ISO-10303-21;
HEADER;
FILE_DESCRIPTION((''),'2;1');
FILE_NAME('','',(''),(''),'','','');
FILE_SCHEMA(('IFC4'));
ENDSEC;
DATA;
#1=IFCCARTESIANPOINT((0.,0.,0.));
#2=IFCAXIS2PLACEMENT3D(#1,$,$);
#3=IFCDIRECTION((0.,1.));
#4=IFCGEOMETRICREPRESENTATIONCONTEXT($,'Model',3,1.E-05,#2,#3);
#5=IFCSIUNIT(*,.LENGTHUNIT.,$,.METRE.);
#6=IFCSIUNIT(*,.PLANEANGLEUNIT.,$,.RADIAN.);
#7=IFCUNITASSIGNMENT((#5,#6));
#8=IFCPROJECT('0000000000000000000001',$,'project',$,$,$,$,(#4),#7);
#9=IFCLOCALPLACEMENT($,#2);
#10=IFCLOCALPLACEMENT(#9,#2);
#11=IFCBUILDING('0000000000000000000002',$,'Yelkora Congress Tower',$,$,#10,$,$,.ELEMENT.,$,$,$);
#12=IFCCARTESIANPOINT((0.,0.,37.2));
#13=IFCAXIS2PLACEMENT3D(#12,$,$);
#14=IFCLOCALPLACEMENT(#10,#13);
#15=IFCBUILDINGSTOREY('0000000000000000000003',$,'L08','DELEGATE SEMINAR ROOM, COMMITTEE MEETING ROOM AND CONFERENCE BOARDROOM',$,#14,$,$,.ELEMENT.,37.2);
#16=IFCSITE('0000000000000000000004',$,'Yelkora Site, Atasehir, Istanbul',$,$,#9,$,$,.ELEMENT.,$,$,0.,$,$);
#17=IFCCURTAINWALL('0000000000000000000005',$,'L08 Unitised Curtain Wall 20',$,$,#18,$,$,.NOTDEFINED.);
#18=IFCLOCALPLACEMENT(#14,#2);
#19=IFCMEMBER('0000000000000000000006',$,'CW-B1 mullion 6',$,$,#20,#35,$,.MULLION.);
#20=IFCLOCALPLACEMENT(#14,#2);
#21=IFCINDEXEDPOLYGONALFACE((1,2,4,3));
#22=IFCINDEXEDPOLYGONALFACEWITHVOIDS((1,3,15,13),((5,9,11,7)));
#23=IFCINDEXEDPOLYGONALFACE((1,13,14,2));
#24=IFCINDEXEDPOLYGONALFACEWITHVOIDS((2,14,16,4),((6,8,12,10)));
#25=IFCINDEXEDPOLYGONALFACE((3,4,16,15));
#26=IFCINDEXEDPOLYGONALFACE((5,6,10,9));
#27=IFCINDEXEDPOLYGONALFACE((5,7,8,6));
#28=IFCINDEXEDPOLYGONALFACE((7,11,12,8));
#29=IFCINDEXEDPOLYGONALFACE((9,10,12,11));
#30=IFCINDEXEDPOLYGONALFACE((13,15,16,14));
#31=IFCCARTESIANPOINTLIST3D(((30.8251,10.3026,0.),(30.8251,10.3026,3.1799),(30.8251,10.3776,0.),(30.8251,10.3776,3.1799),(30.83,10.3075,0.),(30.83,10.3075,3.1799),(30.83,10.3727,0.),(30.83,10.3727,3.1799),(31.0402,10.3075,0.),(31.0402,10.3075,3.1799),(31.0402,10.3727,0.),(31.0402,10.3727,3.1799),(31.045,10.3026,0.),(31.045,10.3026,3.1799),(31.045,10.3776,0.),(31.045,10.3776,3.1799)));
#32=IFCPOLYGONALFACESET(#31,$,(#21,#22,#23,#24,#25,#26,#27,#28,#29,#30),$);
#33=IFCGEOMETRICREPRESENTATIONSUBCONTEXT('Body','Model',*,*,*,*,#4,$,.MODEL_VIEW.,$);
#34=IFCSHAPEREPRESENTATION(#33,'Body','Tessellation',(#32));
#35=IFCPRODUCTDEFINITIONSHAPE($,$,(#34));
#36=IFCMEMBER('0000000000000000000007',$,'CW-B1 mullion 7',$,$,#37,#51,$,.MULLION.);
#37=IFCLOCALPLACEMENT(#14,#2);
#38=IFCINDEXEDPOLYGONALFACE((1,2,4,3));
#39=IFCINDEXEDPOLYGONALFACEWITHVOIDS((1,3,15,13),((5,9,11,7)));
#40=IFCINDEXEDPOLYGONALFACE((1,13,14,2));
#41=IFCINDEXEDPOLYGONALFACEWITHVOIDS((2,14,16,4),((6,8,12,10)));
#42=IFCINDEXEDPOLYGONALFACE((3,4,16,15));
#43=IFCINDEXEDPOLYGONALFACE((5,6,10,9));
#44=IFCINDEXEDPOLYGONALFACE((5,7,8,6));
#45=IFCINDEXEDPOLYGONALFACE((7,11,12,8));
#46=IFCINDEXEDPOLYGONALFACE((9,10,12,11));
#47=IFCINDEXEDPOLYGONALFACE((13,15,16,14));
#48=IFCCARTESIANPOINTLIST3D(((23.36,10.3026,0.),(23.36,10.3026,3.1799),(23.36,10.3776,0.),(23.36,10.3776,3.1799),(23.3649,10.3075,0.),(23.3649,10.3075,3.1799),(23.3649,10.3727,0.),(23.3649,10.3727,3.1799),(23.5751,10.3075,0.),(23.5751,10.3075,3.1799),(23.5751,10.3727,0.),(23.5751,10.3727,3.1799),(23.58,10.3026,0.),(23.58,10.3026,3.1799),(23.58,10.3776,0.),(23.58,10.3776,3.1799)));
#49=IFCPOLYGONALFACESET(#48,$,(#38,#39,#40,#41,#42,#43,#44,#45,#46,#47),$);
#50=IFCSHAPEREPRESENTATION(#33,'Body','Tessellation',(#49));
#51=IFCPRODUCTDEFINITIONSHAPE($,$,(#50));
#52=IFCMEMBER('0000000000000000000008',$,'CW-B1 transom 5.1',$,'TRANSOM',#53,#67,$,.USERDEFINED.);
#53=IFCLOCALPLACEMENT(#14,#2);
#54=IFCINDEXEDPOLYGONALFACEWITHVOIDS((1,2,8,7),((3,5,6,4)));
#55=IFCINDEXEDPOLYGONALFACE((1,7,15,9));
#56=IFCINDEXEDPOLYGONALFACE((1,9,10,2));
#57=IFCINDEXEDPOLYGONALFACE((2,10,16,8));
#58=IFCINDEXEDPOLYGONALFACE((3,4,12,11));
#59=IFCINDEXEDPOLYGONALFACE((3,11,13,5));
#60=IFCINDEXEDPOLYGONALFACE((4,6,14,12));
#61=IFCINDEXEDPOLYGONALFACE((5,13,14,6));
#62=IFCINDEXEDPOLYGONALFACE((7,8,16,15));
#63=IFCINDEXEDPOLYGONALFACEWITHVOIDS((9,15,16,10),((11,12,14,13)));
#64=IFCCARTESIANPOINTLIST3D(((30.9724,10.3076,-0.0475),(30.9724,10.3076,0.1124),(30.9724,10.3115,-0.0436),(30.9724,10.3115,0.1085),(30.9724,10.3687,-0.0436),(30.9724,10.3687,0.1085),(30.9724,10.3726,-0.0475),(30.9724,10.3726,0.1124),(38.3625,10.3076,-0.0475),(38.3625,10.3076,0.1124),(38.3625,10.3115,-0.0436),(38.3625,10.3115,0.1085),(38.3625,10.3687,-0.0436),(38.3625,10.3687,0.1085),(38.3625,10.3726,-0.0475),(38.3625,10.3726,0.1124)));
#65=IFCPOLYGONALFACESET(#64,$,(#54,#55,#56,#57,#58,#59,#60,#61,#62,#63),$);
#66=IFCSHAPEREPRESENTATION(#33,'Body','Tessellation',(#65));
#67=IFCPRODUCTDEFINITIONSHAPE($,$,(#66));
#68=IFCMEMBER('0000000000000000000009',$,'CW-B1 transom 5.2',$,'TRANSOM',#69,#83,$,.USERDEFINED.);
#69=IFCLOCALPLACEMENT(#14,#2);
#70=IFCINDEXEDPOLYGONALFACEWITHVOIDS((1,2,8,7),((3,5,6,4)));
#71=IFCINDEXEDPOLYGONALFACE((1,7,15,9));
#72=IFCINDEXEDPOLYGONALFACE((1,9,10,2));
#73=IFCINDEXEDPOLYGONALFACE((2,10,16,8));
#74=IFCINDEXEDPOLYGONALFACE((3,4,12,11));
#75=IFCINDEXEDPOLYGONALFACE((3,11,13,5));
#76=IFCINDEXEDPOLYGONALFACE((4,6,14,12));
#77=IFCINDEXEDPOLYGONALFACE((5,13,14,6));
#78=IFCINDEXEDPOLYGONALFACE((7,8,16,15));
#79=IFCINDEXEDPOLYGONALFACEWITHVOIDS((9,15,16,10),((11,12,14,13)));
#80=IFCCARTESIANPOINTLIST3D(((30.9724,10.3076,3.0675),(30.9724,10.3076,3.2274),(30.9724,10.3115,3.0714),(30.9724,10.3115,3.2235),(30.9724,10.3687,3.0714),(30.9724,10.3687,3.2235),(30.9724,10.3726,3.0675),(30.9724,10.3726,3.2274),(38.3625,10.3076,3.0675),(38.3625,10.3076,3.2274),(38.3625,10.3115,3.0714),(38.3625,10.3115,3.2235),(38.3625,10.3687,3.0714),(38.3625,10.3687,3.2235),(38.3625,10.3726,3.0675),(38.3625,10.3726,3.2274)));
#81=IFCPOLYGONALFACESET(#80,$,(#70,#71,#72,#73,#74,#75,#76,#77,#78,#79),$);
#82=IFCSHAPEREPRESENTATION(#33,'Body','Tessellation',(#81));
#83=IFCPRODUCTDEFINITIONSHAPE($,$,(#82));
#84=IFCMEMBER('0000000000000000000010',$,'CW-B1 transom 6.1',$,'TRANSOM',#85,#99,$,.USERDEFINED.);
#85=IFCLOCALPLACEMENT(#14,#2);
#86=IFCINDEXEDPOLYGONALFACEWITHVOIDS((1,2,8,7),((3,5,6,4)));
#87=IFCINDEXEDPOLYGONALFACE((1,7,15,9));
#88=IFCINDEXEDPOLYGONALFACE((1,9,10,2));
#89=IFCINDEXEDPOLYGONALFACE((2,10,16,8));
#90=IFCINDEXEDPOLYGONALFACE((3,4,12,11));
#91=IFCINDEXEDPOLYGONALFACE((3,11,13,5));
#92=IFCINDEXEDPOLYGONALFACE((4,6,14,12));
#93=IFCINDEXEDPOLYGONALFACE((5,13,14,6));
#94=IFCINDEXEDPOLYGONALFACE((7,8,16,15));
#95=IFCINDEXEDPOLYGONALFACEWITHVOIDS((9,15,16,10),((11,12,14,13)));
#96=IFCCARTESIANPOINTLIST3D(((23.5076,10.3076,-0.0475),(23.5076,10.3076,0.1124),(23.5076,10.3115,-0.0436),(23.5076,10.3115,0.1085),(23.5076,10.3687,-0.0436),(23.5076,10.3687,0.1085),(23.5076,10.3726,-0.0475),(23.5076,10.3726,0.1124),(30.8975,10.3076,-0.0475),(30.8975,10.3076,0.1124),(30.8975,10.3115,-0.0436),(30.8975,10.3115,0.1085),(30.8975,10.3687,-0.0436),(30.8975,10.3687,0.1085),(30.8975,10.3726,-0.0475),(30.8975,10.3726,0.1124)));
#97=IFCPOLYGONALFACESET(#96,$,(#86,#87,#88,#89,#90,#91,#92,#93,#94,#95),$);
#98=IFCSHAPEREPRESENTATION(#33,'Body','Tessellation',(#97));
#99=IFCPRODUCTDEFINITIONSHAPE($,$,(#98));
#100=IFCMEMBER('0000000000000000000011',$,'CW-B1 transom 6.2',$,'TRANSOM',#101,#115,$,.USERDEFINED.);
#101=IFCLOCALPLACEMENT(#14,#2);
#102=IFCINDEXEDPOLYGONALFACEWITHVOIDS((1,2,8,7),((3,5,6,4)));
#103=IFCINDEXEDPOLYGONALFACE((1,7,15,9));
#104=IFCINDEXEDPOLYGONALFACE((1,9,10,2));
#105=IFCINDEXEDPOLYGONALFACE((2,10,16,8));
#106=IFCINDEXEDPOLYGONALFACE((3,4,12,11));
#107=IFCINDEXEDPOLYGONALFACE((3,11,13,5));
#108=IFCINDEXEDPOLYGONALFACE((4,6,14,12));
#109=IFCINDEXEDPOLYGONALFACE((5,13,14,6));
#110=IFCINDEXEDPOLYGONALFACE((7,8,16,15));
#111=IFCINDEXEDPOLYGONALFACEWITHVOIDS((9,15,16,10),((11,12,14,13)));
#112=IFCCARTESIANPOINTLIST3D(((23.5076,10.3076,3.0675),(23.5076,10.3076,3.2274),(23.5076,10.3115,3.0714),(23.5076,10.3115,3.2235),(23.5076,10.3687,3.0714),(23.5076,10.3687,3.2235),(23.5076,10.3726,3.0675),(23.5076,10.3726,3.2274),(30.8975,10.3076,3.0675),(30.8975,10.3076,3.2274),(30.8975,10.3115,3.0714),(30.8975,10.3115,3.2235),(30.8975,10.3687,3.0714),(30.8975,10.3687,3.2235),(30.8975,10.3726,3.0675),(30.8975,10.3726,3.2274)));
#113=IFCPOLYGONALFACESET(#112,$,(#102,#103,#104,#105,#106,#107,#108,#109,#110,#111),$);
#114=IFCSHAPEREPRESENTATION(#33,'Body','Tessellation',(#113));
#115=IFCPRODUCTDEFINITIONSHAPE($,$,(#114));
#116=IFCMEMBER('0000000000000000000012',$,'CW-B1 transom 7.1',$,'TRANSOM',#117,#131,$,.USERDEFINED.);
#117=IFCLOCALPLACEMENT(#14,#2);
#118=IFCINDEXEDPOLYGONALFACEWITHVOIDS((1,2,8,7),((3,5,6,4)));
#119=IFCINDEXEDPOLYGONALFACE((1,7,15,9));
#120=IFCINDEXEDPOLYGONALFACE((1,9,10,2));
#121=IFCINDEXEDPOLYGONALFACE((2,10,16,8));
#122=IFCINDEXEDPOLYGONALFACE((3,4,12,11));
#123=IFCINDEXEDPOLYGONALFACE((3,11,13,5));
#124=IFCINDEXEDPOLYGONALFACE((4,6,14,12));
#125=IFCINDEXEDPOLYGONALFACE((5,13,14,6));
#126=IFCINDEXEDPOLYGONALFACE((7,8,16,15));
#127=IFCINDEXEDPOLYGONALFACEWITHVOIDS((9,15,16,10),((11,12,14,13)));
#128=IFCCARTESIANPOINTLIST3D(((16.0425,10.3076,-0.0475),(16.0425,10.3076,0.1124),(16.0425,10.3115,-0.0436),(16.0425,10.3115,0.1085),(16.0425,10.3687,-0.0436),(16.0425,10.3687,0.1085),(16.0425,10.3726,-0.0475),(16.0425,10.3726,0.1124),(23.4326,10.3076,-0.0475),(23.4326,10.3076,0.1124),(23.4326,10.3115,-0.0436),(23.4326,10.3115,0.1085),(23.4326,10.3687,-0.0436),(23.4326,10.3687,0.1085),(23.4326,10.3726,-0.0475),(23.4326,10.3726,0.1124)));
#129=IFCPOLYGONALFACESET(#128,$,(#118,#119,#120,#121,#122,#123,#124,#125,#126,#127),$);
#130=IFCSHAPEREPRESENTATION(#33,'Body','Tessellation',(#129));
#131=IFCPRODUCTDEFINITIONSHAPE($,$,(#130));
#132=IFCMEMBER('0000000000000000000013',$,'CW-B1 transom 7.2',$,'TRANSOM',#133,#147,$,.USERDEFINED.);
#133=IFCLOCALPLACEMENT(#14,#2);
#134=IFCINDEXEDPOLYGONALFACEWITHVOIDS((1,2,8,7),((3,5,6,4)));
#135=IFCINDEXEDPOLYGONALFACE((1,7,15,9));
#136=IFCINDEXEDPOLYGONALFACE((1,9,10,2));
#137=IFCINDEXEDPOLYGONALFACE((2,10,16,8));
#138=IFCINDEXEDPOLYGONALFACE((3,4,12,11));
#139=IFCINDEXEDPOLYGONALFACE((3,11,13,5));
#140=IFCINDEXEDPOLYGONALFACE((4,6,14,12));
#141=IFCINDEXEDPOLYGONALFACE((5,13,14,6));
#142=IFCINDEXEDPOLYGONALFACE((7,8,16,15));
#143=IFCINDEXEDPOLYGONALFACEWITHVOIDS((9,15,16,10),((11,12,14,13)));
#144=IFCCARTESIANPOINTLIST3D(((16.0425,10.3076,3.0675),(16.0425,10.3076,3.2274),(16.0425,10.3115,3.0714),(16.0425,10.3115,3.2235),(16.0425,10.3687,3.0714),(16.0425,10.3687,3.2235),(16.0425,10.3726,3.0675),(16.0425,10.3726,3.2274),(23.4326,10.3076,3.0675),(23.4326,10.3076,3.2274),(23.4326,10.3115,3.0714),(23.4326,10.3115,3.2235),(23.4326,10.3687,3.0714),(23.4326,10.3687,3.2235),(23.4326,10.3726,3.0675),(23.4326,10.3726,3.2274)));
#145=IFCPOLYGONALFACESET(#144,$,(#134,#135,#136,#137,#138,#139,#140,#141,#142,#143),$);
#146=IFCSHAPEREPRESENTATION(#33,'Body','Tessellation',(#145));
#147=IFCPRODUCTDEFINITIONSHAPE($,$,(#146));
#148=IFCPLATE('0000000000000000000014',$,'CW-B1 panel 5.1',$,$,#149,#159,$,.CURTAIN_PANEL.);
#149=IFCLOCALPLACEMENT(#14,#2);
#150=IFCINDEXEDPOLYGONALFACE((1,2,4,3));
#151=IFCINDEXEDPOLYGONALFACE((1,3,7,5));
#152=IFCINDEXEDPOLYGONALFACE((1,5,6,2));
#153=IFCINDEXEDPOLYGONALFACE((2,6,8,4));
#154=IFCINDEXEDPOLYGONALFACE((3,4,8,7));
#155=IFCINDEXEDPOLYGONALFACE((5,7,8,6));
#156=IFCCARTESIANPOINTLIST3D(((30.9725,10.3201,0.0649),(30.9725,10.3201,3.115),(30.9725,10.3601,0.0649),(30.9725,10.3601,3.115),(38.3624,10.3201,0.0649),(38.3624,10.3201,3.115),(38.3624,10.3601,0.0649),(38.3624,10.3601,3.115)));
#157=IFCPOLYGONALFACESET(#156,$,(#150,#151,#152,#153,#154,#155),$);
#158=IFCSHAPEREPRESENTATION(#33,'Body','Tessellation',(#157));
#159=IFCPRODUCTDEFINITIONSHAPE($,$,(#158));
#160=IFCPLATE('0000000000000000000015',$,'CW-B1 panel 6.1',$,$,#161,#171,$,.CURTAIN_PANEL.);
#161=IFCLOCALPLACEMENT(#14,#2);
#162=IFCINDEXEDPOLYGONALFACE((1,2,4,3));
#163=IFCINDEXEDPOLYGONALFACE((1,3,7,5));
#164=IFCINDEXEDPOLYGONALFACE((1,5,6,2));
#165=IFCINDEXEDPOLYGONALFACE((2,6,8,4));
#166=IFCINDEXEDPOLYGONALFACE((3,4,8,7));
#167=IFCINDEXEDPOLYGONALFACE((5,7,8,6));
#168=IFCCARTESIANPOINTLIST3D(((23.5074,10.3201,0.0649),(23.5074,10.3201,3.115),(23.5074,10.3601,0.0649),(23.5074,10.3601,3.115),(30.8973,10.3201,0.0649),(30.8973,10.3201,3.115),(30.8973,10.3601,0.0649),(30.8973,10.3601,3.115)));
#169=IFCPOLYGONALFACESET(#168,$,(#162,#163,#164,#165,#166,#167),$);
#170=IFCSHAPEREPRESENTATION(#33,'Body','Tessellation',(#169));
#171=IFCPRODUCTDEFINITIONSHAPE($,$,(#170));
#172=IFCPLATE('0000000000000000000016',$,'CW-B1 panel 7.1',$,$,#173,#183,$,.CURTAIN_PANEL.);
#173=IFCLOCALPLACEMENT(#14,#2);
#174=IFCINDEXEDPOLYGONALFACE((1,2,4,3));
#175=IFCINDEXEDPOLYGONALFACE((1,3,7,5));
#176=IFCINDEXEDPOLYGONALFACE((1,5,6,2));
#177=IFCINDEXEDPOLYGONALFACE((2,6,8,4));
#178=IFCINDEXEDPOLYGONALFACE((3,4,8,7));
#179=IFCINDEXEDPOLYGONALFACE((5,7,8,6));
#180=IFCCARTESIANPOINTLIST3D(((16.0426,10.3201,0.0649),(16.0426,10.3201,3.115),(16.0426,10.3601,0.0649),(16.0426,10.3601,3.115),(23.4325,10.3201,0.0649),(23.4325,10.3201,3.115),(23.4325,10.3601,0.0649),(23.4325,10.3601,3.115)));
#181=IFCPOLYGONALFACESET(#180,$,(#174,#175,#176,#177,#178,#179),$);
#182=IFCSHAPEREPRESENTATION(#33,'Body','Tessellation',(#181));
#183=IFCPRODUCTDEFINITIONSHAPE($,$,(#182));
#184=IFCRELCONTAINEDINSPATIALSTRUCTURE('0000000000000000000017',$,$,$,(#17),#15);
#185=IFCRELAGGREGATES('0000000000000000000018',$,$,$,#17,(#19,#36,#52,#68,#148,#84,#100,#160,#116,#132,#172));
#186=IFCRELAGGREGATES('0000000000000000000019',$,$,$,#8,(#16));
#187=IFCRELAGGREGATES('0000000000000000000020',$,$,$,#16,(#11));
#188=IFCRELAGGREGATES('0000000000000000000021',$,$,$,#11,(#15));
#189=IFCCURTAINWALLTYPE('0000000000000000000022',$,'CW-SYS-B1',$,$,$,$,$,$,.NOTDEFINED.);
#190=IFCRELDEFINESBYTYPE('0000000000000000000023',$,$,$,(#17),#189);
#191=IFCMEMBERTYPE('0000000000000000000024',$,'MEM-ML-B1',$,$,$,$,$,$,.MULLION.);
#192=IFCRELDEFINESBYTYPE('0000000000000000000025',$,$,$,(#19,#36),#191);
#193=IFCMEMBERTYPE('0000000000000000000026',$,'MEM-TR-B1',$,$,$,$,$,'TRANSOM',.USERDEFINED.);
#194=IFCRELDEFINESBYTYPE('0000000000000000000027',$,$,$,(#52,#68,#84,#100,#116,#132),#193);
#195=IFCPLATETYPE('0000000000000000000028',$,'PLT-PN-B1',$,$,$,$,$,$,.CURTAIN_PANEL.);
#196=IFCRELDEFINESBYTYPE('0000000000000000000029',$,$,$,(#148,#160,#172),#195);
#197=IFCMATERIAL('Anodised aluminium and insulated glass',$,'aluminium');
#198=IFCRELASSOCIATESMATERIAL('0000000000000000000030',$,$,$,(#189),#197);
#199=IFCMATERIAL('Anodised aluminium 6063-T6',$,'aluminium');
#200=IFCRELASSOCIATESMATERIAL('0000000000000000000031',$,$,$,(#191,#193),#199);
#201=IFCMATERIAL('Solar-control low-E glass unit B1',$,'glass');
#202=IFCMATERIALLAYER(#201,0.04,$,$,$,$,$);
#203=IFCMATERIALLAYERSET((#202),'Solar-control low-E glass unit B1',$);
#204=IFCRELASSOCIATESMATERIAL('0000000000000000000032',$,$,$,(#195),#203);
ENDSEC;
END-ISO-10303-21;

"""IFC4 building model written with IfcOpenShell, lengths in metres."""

from ifc_helpers import new_model, si_unit, direction, frame, origin, origin_2d, place, context, subcontext, project, spatial, rectangle, hollow_rectangle, extrude, material, layer, layer_set, material_profile, profile_set, type_object, element, aggregate, save


model = new_model("IFC4")

# Units and contexts
model_context = context("Model", 3, precision=1e-05, world=origin(), true_north=direction((0.0, 1.0)))
body_context = subcontext(model_context, "Body", "Model", "MODEL_VIEW")
ifc_project = project(units=[si_unit("LENGTHUNIT", "METRE"), si_unit("PLANEANGLEUNIT", "RADIAN")], contexts=[model_context])

# Site, building, storey
site_placement = place(None, origin())
site = spatial("IfcSite", under=ifc_project, at=site_placement, Name="Yelkora Site, Atasehir, Istanbul", CompositionType="ELEMENT", RefElevation=0.0)
building_placement = place(site_placement, origin())
building = spatial("IfcBuilding", under=site, at=building_placement, Name="Yelkora Congress Tower", CompositionType="ELEMENT")
storey_placement = place(building_placement, frame((0.0, 0.0, 37.2)))
storey = spatial("IfcBuildingStorey", under=building, at=storey_placement, Name="L08", Description="DELEGATE SEMINAR ROOM, COMMITTEE MEETING ROOM AND CONFERENCE BOARDROOM", CompositionType="ELEMENT", Elevation=37.2)

# Curtain wall, members, plates
ifc_material_1 = material(Name="Anodised aluminium and insulated glass", Category="aluminium")
curtain_wall_type = type_object("IfcCurtainWallType", Name="CW-SYS-B1", PredefinedType="NOTDEFINED", material=ifc_material_1)
curtain_wall_placement = place(storey_placement, origin())
curtain_wall = element("IfcCurtainWall", 1, at=curtain_wall_placement, inside=storey, type_object=curtain_wall_type, Name="L08 Unitised Curtain Wall 20", PredefinedType="NOTDEFINED")
ifc_material_2 = material(Name="Anodised aluminium 6063-T6", Category="aluminium")
ifc_material_profile_1 = material_profile(ifc_material_2, hollow_rectangle(XDim=0.075, YDim=0.22, WallThickness=0.0049, at=origin_2d()), Name="ALU 75x220x5")
ifc_profile_set_1 = profile_set([ifc_material_profile_1], Name="Anodised aluminium 6063-T6")
member_type_1 = type_object("IfcMemberType", Name="MEM-ML-B1", PredefinedType="MULLION", material=ifc_profile_set_1)
member_1_placement = place(storey_placement, frame((30.9351, 10.3401, 0.0), z_axis=(0.0, 0.0, 1.0), x_axis=(0.0, -1.0, 0.0)))
member_1 = element("IfcMember", 2, at=member_1_placement, type_object=member_type_1, Name="CW-B1 mullion 6", PredefinedType="MULLION", context=body_context, shape_type="SweptSolid", body=[
    extrude(hollow_rectangle(XDim=0.075, YDim=0.22, WallThickness=0.0049, at=origin_2d()), origin(), (0.0, 0.0, 1.0), 3.1799),
])
member_2_placement = place(storey_placement, frame((23.47, 10.3401, 0.0), z_axis=(0.0, 0.0, 1.0), x_axis=(0.0, -1.0, 0.0)))
member_2 = element("IfcMember", 3, at=member_2_placement, type_object=member_type_1, Name="CW-B1 mullion 7", PredefinedType="MULLION", context=body_context, shape_type="SweptSolid", body=[
    extrude(hollow_rectangle(XDim=0.075, YDim=0.22, WallThickness=0.0049, at=origin_2d()), origin(), (0.0, 0.0, 1.0), 3.1799),
])
ifc_material_profile_2 = material_profile(ifc_material_2, hollow_rectangle(XDim=0.0649, YDim=0.1599, WallThickness=0.0039, at=origin_2d()), Name="ALU 65x160x4")
ifc_profile_set_2 = profile_set([ifc_material_profile_2], Name="Anodised aluminium 6063-T6")
member_type_2 = type_object("IfcMemberType", Name="MEM-TR-B1", ElementType="TRANSOM", PredefinedType="USERDEFINED", material=ifc_profile_set_2)
member_3_placement = place(storey_placement, frame((38.3625, 10.3401, 0.0325), z_axis=(-1.0, 0.0, 0.0), x_axis=(0.0, -1.0, 0.0)))
member_3 = element("IfcMember", 4, at=member_3_placement, type_object=member_type_2, Name="CW-B1 transom 5.1", ObjectType="TRANSOM", PredefinedType="USERDEFINED", context=body_context, shape_type="SweptSolid", body=[
    extrude(hollow_rectangle(XDim=0.0649, YDim=0.1599, WallThickness=0.0039, at=origin_2d()), origin(), (0.0, 0.0, 1.0), 7.3901),
])
member_4_placement = place(storey_placement, frame((38.3625, 10.3401, 3.1475), z_axis=(-1.0, 0.0, 0.0), x_axis=(0.0, -1.0, 0.0)))
member_4 = element("IfcMember", 5, at=member_4_placement, type_object=member_type_2, Name="CW-B1 transom 5.2", ObjectType="TRANSOM", PredefinedType="USERDEFINED", context=body_context, shape_type="SweptSolid", body=[
    extrude(hollow_rectangle(XDim=0.0649, YDim=0.1599, WallThickness=0.0039, at=origin_2d()), origin(), (0.0, 0.0, 1.0), 7.3901),
])
member_5_placement = place(storey_placement, frame((30.8975, 10.3401, 0.0325), z_axis=(-1.0, 0.0, 0.0), x_axis=(0.0, -1.0, 0.0)))
member_5 = element("IfcMember", 6, at=member_5_placement, type_object=member_type_2, Name="CW-B1 transom 6.1", ObjectType="TRANSOM", PredefinedType="USERDEFINED", context=body_context, shape_type="SweptSolid", body=[
    extrude(hollow_rectangle(XDim=0.0649, YDim=0.1599, WallThickness=0.0039, at=origin_2d()), origin(), (0.0, 0.0, 1.0), 7.3899),
])
member_6_placement = place(storey_placement, frame((30.8975, 10.3401, 3.1475), z_axis=(-1.0, 0.0, 0.0), x_axis=(0.0, -1.0, 0.0)))
member_6 = element("IfcMember", 7, at=member_6_placement, type_object=member_type_2, Name="CW-B1 transom 6.2", ObjectType="TRANSOM", PredefinedType="USERDEFINED", context=body_context, shape_type="SweptSolid", body=[
    extrude(hollow_rectangle(XDim=0.0649, YDim=0.1599, WallThickness=0.0039, at=origin_2d()), origin(), (0.0, 0.0, 1.0), 7.3899),
])
member_7_placement = place(storey_placement, frame((23.4326, 10.3401, 0.0325), z_axis=(-1.0, 0.0, 0.0), x_axis=(0.0, -1.0, 0.0)))
member_7 = element("IfcMember", 8, at=member_7_placement, type_object=member_type_2, Name="CW-B1 transom 7.1", ObjectType="TRANSOM", PredefinedType="USERDEFINED", context=body_context, shape_type="SweptSolid", body=[
    extrude(hollow_rectangle(XDim=0.0649, YDim=0.1599, WallThickness=0.0039, at=origin_2d()), origin(), (0.0, 0.0, 1.0), 7.3901),
])
member_8_placement = place(storey_placement, frame((23.4326, 10.3401, 3.1475), z_axis=(-1.0, 0.0, 0.0), x_axis=(0.0, -1.0, 0.0)))
member_8 = element("IfcMember", 9, at=member_8_placement, type_object=member_type_2, Name="CW-B1 transom 7.2", ObjectType="TRANSOM", PredefinedType="USERDEFINED", context=body_context, shape_type="SweptSolid", body=[
    extrude(hollow_rectangle(XDim=0.0649, YDim=0.1599, WallThickness=0.0039, at=origin_2d()), origin(), (0.0, 0.0, 1.0), 7.3901),
])
ifc_material_3 = material(Name="Solar-control low-E glass unit B1", Category="glass")
ifc_layer_1 = layer(ifc_material_3, 0.04)
ifc_layer_set_1 = layer_set([ifc_layer_1], Name="Solar-control low-E glass unit B1")
plate_type = type_object("IfcPlateType", Name="PLT-PN-B1", PredefinedType="CURTAIN_PANEL", material=ifc_layer_set_1)
plate_1_placement = place(storey_placement, frame((34.6675, 10.3401, 0.0649), z_axis=(0.0, 0.0, 1.0), x_axis=(-1.0, 0.0, 0.0)))
plate_1 = element("IfcPlate", 10, at=plate_1_placement, type_object=plate_type, Name="CW-B1 panel 5.1", PredefinedType="CURTAIN_PANEL", context=body_context, shape_type="SweptSolid", body=[
    extrude(rectangle(XDim=7.3899, YDim=0.04, at=origin_2d()), origin(), (0.0, 0.0, 1.0), 3.05),
])
plate_2_placement = place(storey_placement, frame((27.2024, 10.3401, 0.0649), z_axis=(0.0, 0.0, 1.0), x_axis=(-1.0, 0.0, 0.0)))
plate_2 = element("IfcPlate", 11, at=plate_2_placement, type_object=plate_type, Name="CW-B1 panel 6.1", PredefinedType="CURTAIN_PANEL", context=body_context, shape_type="SweptSolid", body=[
    extrude(rectangle(XDim=7.3899, YDim=0.04, at=origin_2d()), origin(), (0.0, 0.0, 1.0), 3.05),
])
plate_3_placement = place(storey_placement, frame((19.7375, 10.3401, 0.0649), z_axis=(0.0, 0.0, 1.0), x_axis=(-1.0, 0.0, 0.0)))
plate_3 = element("IfcPlate", 12, at=plate_3_placement, type_object=plate_type, Name="CW-B1 panel 7.1", PredefinedType="CURTAIN_PANEL", context=body_context, shape_type="SweptSolid", body=[
    extrude(rectangle(XDim=7.3899, YDim=0.04, at=origin_2d()), origin(), (0.0, 0.0, 1.0), 3.05),
])
aggregate(curtain_wall, [member_1, member_2, member_3, member_4, plate_1, member_5, member_6, plate_2, member_7, member_8, plate_3])

save(model, "model.ifc")
